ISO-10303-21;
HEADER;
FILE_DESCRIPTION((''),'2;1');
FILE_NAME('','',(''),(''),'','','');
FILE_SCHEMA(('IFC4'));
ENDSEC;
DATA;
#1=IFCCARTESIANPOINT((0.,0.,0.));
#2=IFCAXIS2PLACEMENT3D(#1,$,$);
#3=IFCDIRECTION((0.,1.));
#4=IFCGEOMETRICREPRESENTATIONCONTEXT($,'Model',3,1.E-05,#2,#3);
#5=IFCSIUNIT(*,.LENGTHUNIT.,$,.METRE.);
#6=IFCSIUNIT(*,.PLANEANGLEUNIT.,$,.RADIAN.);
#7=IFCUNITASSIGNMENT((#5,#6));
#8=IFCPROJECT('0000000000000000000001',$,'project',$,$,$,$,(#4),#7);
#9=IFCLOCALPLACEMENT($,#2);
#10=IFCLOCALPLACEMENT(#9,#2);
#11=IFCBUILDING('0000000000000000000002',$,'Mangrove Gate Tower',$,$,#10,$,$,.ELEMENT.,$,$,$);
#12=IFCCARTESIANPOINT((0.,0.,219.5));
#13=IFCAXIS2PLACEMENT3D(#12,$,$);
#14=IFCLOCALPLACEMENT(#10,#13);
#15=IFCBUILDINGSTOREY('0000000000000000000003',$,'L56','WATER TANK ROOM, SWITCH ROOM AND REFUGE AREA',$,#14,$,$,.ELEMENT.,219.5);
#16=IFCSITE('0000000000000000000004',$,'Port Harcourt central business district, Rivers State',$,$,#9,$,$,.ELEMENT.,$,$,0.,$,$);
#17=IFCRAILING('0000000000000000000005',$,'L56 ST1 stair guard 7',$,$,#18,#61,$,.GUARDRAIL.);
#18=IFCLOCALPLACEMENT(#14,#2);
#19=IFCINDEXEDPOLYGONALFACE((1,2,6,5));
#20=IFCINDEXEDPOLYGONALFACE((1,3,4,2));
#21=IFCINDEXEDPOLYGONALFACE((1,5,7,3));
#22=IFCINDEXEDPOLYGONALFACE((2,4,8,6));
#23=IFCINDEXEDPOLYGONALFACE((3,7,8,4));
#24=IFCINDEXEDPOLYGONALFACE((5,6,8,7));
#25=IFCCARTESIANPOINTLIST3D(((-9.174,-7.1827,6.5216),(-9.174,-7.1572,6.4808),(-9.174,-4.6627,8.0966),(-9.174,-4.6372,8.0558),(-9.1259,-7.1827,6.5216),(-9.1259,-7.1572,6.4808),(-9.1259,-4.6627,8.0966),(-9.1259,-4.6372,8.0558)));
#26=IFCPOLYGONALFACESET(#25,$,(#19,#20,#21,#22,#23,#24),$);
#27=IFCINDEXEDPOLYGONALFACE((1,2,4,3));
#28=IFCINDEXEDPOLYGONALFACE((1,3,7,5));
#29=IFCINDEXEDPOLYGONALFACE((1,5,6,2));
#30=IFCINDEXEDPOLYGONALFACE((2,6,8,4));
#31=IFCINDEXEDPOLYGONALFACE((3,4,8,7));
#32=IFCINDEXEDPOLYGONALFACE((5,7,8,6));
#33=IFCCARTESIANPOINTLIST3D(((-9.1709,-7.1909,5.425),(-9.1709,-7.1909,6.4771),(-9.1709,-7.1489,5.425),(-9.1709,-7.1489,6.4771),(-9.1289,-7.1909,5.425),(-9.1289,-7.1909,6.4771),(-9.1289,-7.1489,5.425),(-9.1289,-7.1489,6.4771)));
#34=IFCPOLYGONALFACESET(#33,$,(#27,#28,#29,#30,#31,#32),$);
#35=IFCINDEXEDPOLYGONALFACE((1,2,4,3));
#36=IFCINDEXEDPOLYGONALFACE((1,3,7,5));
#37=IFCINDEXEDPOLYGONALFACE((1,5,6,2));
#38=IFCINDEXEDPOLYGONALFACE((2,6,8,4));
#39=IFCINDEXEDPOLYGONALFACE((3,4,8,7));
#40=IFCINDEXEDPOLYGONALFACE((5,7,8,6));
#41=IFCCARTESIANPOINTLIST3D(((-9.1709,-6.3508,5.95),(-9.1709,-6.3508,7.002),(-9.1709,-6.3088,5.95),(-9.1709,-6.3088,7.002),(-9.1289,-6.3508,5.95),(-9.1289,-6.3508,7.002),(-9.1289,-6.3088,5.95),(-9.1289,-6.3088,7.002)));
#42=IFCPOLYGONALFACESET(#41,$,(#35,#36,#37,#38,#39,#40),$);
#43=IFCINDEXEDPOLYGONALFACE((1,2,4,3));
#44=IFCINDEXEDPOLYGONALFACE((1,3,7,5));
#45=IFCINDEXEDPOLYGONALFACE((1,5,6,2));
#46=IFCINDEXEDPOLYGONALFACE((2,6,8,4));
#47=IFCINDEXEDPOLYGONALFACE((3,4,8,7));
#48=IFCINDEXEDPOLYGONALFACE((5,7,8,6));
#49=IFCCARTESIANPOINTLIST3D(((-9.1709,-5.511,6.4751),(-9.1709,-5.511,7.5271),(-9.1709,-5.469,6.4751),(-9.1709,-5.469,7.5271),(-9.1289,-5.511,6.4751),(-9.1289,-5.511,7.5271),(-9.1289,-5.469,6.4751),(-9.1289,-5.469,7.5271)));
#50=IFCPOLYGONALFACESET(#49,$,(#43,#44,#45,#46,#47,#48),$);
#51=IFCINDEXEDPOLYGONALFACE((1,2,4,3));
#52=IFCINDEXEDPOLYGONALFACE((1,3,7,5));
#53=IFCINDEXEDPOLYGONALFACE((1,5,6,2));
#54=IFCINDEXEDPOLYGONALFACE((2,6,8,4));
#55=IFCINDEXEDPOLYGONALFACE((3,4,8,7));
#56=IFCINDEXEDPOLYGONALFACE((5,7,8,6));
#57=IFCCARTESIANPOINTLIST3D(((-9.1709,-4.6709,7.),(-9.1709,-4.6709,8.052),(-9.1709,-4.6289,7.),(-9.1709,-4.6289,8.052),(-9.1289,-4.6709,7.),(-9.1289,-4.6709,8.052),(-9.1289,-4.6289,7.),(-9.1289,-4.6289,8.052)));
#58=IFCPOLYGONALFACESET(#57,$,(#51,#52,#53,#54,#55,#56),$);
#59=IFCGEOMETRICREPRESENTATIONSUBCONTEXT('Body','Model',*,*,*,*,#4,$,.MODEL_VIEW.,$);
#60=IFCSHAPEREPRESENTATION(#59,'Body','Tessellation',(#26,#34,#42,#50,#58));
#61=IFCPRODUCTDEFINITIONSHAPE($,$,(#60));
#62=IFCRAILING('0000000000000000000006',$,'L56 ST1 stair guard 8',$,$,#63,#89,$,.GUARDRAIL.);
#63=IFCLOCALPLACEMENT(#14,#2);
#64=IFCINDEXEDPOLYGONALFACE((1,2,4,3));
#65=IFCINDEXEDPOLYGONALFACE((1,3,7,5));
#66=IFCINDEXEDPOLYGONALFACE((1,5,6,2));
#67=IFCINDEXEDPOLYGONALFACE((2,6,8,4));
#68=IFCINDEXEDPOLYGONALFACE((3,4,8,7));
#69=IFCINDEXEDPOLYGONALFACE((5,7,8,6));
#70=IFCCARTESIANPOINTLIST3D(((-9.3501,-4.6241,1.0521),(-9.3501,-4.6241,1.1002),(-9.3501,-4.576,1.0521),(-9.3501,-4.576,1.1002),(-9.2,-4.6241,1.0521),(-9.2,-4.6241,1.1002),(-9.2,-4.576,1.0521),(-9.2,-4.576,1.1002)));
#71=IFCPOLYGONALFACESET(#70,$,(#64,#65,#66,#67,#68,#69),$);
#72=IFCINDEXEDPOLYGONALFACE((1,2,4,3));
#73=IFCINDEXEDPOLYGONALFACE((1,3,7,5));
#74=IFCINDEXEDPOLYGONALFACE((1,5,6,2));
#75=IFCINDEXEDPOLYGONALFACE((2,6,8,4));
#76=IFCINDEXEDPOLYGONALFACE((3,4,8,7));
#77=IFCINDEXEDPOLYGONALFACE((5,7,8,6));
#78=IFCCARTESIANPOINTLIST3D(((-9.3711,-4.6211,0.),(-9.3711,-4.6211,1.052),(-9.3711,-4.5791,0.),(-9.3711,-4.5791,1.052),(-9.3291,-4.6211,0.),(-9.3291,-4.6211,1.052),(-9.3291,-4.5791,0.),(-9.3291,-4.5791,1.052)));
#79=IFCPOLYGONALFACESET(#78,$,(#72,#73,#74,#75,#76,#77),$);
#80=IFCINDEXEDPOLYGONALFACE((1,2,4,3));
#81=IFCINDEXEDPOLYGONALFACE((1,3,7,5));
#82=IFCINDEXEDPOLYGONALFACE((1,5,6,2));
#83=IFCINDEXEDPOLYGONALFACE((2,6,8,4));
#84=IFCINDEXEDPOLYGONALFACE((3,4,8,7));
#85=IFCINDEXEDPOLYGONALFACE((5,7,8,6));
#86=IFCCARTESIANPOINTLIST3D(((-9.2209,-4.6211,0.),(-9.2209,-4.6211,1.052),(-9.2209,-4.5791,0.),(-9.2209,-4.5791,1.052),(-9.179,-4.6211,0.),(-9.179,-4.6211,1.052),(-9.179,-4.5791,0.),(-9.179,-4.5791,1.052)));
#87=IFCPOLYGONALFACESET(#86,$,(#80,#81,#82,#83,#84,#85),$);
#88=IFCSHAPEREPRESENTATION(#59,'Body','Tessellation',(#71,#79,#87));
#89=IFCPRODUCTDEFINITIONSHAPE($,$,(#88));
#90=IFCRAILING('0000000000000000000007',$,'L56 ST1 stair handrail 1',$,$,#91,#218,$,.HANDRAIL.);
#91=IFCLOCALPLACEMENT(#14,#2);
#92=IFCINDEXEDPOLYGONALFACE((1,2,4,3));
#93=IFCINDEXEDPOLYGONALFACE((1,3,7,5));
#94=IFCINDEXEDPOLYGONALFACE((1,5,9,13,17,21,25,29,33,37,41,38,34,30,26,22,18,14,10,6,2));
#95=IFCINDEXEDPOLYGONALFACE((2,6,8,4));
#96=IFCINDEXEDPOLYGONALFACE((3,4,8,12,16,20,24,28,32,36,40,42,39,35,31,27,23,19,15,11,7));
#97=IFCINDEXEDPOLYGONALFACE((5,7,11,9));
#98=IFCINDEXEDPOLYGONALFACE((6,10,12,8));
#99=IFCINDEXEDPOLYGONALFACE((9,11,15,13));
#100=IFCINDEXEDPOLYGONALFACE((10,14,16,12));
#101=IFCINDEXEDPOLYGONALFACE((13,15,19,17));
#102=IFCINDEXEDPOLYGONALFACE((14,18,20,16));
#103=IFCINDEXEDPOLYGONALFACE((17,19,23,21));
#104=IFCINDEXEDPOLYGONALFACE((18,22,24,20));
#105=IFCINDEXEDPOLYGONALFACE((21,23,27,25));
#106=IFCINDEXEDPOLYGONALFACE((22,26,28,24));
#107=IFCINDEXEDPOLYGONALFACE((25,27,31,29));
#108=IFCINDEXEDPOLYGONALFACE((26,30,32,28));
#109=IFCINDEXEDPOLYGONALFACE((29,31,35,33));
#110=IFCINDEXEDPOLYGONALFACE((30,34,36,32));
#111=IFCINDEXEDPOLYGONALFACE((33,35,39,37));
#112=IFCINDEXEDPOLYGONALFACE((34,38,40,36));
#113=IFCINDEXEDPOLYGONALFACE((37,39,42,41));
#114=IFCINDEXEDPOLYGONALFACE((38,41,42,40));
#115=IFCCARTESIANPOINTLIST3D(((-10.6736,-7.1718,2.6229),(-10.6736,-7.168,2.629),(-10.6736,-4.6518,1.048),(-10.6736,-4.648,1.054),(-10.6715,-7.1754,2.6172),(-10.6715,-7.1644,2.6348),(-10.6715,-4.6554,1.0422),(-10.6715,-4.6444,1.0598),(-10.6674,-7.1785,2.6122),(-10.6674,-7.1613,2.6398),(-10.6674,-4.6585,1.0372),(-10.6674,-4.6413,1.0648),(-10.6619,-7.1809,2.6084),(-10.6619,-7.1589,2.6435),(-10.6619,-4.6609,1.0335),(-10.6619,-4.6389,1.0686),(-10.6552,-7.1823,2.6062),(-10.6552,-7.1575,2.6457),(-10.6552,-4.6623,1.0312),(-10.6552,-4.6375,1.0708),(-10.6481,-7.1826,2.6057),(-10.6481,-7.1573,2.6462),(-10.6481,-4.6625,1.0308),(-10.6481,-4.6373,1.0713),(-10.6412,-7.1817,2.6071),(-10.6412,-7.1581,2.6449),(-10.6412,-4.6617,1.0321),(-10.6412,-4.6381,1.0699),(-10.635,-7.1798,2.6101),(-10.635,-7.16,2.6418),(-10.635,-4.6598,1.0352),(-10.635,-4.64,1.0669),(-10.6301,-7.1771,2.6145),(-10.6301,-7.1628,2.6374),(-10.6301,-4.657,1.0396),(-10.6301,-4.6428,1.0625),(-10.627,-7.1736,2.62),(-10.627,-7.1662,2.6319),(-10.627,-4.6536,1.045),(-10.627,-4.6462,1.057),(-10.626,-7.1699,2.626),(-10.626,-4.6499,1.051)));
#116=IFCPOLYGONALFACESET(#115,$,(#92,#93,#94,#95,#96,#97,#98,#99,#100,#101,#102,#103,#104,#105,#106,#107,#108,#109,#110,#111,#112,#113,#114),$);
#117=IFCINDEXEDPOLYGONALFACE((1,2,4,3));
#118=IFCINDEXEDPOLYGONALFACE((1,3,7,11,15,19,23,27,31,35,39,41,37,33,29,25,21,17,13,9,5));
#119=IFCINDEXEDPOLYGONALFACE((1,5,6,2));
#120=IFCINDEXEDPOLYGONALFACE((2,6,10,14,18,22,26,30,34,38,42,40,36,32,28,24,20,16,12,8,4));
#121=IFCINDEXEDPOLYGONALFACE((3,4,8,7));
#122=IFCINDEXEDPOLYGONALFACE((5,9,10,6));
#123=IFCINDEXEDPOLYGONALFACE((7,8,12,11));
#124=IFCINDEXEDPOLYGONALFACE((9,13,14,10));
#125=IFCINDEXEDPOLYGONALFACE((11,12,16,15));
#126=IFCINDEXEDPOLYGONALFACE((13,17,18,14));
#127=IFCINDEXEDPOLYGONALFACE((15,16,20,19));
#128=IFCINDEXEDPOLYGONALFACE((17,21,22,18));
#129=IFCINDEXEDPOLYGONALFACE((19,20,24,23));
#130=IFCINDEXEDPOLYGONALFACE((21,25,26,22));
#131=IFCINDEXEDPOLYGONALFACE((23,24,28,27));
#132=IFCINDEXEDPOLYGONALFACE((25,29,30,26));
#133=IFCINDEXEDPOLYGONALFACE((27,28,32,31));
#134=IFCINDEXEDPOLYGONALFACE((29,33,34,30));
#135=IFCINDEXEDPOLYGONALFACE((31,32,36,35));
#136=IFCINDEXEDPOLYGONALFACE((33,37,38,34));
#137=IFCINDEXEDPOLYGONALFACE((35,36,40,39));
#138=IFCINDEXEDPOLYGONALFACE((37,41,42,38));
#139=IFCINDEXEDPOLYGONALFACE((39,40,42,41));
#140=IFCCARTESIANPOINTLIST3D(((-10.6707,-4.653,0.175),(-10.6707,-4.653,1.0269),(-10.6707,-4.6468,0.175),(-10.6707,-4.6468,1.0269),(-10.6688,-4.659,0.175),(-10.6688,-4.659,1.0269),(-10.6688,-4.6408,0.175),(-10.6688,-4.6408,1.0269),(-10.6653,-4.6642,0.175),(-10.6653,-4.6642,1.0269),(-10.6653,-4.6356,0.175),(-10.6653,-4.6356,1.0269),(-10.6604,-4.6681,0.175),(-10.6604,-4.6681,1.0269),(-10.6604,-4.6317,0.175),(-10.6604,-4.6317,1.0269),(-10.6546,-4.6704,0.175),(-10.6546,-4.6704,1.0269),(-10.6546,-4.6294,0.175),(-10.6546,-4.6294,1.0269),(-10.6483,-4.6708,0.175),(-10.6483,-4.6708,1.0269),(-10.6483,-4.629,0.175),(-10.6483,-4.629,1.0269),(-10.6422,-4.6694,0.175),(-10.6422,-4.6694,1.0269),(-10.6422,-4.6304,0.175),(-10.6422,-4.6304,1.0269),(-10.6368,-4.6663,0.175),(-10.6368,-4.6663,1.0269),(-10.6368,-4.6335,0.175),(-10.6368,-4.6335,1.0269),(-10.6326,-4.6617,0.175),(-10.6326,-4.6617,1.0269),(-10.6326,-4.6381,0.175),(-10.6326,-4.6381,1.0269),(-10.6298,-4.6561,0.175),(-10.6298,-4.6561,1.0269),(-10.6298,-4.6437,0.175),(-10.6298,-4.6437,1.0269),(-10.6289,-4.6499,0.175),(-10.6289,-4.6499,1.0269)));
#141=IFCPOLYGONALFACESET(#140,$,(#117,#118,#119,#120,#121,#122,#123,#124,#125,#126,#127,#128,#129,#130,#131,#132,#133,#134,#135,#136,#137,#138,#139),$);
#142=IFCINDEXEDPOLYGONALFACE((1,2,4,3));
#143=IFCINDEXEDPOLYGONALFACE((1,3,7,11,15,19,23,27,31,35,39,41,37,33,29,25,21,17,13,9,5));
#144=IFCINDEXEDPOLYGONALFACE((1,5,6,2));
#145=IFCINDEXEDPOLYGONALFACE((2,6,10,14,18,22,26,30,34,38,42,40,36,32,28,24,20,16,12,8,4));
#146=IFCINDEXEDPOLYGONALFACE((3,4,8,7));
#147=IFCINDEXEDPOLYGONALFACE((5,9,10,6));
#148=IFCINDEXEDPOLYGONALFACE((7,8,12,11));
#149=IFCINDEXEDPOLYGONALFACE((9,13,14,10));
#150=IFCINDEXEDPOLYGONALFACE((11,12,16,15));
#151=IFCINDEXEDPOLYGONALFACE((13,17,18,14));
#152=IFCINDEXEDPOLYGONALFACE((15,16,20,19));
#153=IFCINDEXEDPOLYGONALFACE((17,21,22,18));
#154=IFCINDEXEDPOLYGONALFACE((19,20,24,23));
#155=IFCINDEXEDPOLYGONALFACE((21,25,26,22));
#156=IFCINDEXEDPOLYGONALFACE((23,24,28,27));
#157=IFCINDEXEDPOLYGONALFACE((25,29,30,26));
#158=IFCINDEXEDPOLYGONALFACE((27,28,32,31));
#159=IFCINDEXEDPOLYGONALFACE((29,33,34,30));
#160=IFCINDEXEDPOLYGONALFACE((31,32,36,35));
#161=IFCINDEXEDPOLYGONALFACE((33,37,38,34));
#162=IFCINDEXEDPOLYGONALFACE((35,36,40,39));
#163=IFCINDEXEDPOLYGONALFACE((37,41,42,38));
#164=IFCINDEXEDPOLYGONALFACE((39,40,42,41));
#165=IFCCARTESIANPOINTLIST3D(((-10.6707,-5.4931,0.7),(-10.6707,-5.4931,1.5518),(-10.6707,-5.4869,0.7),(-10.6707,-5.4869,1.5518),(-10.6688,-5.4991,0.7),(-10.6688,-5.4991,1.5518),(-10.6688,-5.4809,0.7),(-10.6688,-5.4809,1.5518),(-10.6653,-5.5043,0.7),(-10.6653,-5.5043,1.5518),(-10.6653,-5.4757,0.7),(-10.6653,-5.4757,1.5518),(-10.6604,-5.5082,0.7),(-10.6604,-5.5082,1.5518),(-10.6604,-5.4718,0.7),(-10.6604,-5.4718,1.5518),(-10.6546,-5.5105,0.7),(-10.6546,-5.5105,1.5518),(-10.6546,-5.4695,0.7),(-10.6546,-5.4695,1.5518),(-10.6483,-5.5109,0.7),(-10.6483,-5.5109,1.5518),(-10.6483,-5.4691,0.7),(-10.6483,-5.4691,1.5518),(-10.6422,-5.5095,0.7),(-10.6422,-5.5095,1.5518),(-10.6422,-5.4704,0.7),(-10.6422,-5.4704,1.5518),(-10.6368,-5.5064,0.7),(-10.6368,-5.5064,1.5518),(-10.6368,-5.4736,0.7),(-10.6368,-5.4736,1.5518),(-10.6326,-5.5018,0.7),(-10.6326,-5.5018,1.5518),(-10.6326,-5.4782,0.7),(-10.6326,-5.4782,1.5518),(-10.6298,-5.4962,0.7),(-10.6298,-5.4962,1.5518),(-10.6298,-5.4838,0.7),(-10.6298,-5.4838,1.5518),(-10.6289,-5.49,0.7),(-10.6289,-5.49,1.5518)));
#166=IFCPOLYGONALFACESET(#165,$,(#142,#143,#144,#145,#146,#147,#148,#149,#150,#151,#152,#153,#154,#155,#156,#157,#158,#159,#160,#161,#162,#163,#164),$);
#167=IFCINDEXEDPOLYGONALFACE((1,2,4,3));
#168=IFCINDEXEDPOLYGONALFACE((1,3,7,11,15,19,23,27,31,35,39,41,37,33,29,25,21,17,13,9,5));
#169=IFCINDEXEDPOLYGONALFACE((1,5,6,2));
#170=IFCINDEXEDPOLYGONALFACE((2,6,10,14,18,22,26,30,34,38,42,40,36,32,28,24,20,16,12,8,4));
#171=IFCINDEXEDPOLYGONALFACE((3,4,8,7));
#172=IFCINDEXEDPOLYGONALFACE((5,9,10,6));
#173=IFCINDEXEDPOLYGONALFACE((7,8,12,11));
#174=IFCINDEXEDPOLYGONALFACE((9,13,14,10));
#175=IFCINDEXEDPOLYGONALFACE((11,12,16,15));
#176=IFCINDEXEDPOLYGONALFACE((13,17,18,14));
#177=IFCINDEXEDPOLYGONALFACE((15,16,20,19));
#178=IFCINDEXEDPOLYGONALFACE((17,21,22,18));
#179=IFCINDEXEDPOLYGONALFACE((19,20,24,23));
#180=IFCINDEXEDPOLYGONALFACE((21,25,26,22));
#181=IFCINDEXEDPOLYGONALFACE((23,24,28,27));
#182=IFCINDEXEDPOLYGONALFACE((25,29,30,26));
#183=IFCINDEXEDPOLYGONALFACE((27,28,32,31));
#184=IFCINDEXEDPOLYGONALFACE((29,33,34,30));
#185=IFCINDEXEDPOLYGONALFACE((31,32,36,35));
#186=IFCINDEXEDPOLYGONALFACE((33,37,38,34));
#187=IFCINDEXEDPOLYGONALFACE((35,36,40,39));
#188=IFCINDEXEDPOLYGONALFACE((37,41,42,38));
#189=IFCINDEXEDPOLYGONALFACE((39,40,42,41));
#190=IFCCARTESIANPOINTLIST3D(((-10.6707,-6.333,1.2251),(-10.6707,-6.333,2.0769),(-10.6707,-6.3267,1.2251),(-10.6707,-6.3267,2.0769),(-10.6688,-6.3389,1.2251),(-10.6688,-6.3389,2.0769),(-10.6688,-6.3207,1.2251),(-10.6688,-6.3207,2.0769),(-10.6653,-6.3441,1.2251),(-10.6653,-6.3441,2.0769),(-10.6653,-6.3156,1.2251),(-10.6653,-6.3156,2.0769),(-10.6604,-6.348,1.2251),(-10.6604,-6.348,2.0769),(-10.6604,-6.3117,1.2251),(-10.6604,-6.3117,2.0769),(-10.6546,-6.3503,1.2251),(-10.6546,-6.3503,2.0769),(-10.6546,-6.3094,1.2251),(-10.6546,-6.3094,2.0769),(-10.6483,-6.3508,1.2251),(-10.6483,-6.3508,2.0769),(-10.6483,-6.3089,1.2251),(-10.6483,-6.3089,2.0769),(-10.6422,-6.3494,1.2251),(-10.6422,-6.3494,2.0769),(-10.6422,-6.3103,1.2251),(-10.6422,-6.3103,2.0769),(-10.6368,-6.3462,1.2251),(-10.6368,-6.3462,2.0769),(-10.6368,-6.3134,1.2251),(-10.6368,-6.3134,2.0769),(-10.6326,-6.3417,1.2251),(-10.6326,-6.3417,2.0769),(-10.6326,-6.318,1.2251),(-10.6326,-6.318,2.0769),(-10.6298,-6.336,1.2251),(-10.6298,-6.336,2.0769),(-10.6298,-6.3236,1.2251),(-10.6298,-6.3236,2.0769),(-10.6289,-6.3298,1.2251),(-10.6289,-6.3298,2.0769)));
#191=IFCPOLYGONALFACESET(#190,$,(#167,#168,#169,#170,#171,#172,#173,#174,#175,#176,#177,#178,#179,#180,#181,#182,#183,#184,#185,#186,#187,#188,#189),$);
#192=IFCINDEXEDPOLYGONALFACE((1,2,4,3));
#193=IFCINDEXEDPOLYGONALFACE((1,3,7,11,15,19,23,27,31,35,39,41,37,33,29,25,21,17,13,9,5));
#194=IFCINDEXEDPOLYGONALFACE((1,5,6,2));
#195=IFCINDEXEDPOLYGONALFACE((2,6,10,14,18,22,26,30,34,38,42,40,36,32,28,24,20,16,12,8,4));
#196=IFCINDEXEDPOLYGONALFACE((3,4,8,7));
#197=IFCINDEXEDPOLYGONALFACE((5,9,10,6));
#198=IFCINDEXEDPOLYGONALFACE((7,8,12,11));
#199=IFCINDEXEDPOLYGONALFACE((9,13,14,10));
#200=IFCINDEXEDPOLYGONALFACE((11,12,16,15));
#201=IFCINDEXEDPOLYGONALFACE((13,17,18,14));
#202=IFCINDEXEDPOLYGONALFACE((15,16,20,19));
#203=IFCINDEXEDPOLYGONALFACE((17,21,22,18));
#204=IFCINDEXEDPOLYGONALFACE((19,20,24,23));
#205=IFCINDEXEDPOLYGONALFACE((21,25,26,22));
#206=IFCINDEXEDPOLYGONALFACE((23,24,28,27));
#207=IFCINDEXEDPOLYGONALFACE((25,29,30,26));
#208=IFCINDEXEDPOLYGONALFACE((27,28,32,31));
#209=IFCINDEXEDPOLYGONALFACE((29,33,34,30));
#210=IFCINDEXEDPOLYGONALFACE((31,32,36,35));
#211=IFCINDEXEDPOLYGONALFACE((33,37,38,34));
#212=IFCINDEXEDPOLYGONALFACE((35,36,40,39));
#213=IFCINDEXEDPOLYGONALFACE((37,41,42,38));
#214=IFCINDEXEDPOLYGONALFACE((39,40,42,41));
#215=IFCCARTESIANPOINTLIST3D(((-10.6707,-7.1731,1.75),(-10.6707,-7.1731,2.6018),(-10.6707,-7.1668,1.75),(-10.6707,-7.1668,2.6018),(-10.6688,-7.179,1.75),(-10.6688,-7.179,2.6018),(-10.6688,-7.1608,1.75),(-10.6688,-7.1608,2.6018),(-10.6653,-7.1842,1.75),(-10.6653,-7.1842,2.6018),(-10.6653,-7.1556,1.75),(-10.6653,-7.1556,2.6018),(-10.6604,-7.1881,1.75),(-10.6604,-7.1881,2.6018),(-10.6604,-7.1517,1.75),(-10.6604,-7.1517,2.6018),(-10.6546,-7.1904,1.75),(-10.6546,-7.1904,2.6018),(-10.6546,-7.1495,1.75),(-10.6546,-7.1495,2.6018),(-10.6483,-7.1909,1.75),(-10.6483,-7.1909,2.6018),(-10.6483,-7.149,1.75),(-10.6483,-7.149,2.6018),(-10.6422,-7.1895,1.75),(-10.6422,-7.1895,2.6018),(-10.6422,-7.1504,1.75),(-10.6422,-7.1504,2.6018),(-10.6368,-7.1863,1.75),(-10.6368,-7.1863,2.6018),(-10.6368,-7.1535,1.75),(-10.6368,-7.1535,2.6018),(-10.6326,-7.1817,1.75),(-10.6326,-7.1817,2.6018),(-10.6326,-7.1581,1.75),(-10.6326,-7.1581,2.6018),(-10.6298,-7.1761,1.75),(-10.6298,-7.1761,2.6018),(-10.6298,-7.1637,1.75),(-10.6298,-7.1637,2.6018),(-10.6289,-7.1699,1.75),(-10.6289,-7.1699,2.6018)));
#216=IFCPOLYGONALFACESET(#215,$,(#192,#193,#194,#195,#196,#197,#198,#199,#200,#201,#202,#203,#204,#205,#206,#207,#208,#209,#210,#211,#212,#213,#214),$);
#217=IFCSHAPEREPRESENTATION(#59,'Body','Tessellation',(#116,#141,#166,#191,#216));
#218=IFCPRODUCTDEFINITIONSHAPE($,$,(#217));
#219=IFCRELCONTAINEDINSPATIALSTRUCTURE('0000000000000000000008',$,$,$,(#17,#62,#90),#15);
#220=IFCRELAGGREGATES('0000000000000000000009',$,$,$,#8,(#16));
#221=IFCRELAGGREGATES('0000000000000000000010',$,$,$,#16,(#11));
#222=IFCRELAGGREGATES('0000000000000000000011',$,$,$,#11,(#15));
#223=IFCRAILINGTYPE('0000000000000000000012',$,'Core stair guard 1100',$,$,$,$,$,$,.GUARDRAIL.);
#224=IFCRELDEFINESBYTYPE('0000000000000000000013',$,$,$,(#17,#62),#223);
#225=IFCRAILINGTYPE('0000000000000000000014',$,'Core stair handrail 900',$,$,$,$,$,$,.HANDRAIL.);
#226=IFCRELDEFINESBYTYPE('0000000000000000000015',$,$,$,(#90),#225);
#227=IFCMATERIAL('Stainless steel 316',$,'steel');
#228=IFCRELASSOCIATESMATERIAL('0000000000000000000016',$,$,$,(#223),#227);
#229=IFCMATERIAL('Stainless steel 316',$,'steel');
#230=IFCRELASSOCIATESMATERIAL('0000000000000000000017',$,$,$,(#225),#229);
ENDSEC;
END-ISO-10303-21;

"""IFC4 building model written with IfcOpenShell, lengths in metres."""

from ifc_helpers import new_model, si_unit, direction, frame, origin, origin_2d, place, context, subcontext, project, spatial, rectangle, circle, extrude, material, type_object, element, save


model = new_model("IFC4")

# Units and contexts
model_context = context("Model", 3, precision=1e-05, world=origin(), true_north=direction((0.0, 1.0)))
body_context = subcontext(model_context, "Body", "Model", "MODEL_VIEW")
ifc_project = project(units=[si_unit("LENGTHUNIT", "METRE"), si_unit("PLANEANGLEUNIT", "RADIAN")], contexts=[model_context])

# Site, building, storey
site_placement = place(None, origin())
site = spatial("IfcSite", under=ifc_project, at=site_placement, Name="Port Harcourt central business district, Rivers State", CompositionType="ELEMENT", RefElevation=0.0)
building_placement = place(site_placement, origin())
building = spatial("IfcBuilding", under=site, at=building_placement, Name="Mangrove Gate Tower", CompositionType="ELEMENT")
storey_placement = place(building_placement, frame((0.0, 0.0, 219.5)))
storey = spatial("IfcBuildingStorey", under=building, at=storey_placement, Name="L56", Description="WATER TANK ROOM, SWITCH ROOM AND REFUGE AREA", CompositionType="ELEMENT", Elevation=219.5)

# Railings
ifc_material_1 = material(Name="Stainless steel 316", Category="steel")
railing_type_1 = type_object("IfcRailingType", Name="Core stair guard 1100", PredefinedType="GUARDRAIL", material=ifc_material_1)
railing_1_placement = place(storey_placement, frame((-9.1499, -7.1699, 5.425)))
element("IfcRailing", 1, at=railing_1_placement, inside=storey, type_object=railing_type_1, Name="L56 ST1 stair guard 7", PredefinedType="GUARDRAIL", context=body_context, shape_type="SweptSolid", body=[
    extrude(rectangle(XDim=0.0481, YDim=0.0481, at=origin_2d()), frame((0.0, 0.0, 1.0762), z_axis=(0.0, 0.848008, 0.529984), x_axis=(-1.0, 0.0, 0.0)), (0.0, 0.0, 1.0), 2.9717),
    extrude(rectangle(XDim=0.042, YDim=0.042, at=origin_2d()), origin(), (0.0, 0.0, 1.0), 1.052),
    extrude(rectangle(XDim=0.042, YDim=0.042, at=origin_2d()), frame((0.0, 0.8401, 0.5249)), (0.0, 0.0, 1.0), 1.052),
    extrude(rectangle(XDim=0.042, YDim=0.042, at=origin_2d()), frame((0.0, 1.6799, 1.05)), (0.0, 0.0, 1.0), 1.052),
    extrude(rectangle(XDim=0.042, YDim=0.042, at=origin_2d()), frame((0.0, 2.52, 1.575)), (0.0, 0.0, 1.0), 1.052),
])
railing_2_placement = place(storey_placement, frame((-9.3501, -4.6001, 0.0)))
element("IfcRailing", 2, at=railing_2_placement, inside=storey, type_object=railing_type_1, Name="L56 ST1 stair guard 8", PredefinedType="GUARDRAIL", context=body_context, shape_type="SweptSolid", body=[
    extrude(rectangle(XDim=0.0481, YDim=0.0481, at=origin_2d()), frame((0.0, 0.0, 1.0762), z_axis=(1.0, 0.0, 0.0), x_axis=(0.0, 1.0, 0.0)), (0.0, 0.0, 1.0), 0.1501),
    extrude(rectangle(XDim=0.042, YDim=0.042, at=origin_2d()), origin(), (0.0, 0.0, 1.0), 1.052),
    extrude(rectangle(XDim=0.042, YDim=0.042, at=origin_2d()), frame((0.1501, 0.0, 0.0)), (0.0, 0.0, 1.0), 1.052),
])
ifc_material_2 = material(Name="Stainless steel 316", Category="steel")
railing_type_2 = type_object("IfcRailingType", Name="Core stair handrail 900", PredefinedType="HANDRAIL", material=ifc_material_2)
for number, where, name in (
    (3, (-10.6499, -4.6499, 0.175), "L56 ST1 stair handrail 1"),
):
    element("IfcRailing", number, at=place(storey_placement, frame(where)), inside=storey, type_object=railing_type_2, Name=name, PredefinedType="HANDRAIL", context=body_context, shape_type="SweptSolid", body=[
        extrude(circle(Radius=0.0239, at=origin_2d()), frame((0.0, 0.0, 0.876), z_axis=(0.0, -0.848008, 0.529984), x_axis=(1.0, 0.0, 0.0)), (0.0, 0.0, 1.0), 2.9717),
        extrude(circle(Radius=0.021, at=origin_2d()), origin(), (0.0, 0.0, 1.0), 0.8518),
        extrude(circle(Radius=0.021, at=origin_2d()), frame((0.0, -0.8401, 0.5249)), (0.0, 0.0, 1.0), 0.8518),
        extrude(circle(Radius=0.021, at=origin_2d()), frame((0.0, -1.6799, 1.05)), (0.0, 0.0, 1.0), 0.8518),
        extrude(circle(Radius=0.021, at=origin_2d()), frame((0.0, -2.52, 1.575)), (0.0, 0.0, 1.0), 0.8518),
    ])

save(model, "model.ifc")
